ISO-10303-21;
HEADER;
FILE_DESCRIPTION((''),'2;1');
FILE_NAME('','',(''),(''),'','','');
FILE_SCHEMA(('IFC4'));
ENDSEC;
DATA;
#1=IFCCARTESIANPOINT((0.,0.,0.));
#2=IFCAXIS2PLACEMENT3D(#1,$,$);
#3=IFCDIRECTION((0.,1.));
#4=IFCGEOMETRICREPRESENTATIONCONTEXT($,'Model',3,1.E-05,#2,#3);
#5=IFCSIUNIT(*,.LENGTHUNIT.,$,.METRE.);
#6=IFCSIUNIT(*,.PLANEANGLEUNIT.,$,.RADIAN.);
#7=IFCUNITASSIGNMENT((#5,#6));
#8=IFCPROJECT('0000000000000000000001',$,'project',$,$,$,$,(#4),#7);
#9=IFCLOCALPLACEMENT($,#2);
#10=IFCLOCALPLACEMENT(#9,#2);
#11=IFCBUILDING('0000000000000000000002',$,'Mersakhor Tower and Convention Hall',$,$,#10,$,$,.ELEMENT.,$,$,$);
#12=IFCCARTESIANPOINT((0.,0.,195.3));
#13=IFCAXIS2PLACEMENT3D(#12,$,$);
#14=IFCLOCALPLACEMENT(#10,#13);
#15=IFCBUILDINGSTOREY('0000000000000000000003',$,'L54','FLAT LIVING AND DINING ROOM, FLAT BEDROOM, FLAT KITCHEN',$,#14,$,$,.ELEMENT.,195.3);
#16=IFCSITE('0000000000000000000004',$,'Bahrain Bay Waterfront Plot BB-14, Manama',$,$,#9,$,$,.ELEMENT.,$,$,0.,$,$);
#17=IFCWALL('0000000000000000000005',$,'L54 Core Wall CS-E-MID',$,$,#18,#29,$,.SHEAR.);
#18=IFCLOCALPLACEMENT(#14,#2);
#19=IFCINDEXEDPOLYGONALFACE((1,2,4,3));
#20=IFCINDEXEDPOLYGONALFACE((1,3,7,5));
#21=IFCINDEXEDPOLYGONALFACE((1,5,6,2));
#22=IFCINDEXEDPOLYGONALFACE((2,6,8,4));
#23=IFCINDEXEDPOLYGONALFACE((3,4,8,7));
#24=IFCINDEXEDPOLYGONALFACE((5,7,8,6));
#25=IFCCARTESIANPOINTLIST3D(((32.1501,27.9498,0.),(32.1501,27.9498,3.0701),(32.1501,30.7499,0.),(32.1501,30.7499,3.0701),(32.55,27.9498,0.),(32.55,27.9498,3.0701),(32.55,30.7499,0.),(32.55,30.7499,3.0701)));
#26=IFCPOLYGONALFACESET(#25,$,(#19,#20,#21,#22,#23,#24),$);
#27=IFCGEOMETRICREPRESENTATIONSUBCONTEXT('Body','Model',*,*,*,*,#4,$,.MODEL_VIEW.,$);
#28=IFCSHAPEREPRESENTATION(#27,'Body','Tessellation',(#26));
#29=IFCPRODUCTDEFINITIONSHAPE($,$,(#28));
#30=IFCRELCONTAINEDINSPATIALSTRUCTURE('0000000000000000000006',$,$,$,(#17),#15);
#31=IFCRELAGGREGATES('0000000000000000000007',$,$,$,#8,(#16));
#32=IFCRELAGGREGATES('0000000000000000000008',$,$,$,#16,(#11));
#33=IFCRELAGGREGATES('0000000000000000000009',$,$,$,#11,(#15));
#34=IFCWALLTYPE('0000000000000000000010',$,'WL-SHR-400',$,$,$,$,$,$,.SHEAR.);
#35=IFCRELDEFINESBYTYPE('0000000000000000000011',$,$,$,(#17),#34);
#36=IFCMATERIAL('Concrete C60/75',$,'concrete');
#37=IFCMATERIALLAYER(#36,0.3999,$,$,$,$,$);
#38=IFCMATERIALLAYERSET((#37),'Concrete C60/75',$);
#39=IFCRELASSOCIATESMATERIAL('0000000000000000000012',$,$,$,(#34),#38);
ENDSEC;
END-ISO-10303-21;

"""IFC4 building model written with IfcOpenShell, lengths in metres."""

from ifc_helpers import new_model, si_unit, direction, frame, frame_2d, origin, place, context, subcontext, project, spatial, rectangle, extrude, material, layer, layer_set, type_object, element, save


model = new_model("IFC4")

# Units and contexts
model_context = context("Model", 3, precision=1e-05, world=origin(), true_north=direction((0.0, 1.0)))
body_context = subcontext(model_context, "Body", "Model", "MODEL_VIEW")
ifc_project = project(units=[si_unit("LENGTHUNIT", "METRE"), si_unit("PLANEANGLEUNIT", "RADIAN")], contexts=[model_context])

# Site, building, storey
site_placement = place(None, origin())
site = spatial("IfcSite", under=ifc_project, at=site_placement, Name="Bahrain Bay Waterfront Plot BB-14, Manama", CompositionType="ELEMENT", RefElevation=0.0)
building_placement = place(site_placement, origin())
building = spatial("IfcBuilding", under=site, at=building_placement, Name="Mersakhor Tower and Convention Hall", CompositionType="ELEMENT")
storey_placement = place(building_placement, frame((0.0, 0.0, 195.3)))
storey = spatial("IfcBuildingStorey", under=building, at=storey_placement, Name="L54", Description="FLAT LIVING AND DINING ROOM, FLAT BEDROOM, FLAT KITCHEN", CompositionType="ELEMENT", Elevation=195.3)

# Shared definitions
ifc_material_1 = material(Name="Concrete C60/75", Category="concrete")
ifc_layer_1 = layer(ifc_material_1, 0.3999)
ifc_layer_set_1 = layer_set([ifc_layer_1], Name="Concrete C60/75")
wall_type_1 = type_object("IfcWallType", Name="WL-SHR-400", PredefinedType="SHEAR", material=ifc_layer_set_1)

# Wall
wall_1_placement = place(storey_placement, frame((32.3501, 27.95, 0.0), z_axis=(0.0, 0.0, 1.0), x_axis=(0.0, 1.0, 0.0)))
element("IfcWall", 1, at=wall_1_placement, inside=storey, type_object=wall_type_1, Name="L54 Core Wall CS-E-MID", PredefinedType="SHEAR", context=body_context, shape_type="SweptSolid", body=[
    extrude(rectangle(XDim=2.8, YDim=0.3999, at=frame_2d((1.3999, 0.0))), origin(), (0.0, 0.0, 1.0), 3.0701),
])

save(model, "model.ifc")
